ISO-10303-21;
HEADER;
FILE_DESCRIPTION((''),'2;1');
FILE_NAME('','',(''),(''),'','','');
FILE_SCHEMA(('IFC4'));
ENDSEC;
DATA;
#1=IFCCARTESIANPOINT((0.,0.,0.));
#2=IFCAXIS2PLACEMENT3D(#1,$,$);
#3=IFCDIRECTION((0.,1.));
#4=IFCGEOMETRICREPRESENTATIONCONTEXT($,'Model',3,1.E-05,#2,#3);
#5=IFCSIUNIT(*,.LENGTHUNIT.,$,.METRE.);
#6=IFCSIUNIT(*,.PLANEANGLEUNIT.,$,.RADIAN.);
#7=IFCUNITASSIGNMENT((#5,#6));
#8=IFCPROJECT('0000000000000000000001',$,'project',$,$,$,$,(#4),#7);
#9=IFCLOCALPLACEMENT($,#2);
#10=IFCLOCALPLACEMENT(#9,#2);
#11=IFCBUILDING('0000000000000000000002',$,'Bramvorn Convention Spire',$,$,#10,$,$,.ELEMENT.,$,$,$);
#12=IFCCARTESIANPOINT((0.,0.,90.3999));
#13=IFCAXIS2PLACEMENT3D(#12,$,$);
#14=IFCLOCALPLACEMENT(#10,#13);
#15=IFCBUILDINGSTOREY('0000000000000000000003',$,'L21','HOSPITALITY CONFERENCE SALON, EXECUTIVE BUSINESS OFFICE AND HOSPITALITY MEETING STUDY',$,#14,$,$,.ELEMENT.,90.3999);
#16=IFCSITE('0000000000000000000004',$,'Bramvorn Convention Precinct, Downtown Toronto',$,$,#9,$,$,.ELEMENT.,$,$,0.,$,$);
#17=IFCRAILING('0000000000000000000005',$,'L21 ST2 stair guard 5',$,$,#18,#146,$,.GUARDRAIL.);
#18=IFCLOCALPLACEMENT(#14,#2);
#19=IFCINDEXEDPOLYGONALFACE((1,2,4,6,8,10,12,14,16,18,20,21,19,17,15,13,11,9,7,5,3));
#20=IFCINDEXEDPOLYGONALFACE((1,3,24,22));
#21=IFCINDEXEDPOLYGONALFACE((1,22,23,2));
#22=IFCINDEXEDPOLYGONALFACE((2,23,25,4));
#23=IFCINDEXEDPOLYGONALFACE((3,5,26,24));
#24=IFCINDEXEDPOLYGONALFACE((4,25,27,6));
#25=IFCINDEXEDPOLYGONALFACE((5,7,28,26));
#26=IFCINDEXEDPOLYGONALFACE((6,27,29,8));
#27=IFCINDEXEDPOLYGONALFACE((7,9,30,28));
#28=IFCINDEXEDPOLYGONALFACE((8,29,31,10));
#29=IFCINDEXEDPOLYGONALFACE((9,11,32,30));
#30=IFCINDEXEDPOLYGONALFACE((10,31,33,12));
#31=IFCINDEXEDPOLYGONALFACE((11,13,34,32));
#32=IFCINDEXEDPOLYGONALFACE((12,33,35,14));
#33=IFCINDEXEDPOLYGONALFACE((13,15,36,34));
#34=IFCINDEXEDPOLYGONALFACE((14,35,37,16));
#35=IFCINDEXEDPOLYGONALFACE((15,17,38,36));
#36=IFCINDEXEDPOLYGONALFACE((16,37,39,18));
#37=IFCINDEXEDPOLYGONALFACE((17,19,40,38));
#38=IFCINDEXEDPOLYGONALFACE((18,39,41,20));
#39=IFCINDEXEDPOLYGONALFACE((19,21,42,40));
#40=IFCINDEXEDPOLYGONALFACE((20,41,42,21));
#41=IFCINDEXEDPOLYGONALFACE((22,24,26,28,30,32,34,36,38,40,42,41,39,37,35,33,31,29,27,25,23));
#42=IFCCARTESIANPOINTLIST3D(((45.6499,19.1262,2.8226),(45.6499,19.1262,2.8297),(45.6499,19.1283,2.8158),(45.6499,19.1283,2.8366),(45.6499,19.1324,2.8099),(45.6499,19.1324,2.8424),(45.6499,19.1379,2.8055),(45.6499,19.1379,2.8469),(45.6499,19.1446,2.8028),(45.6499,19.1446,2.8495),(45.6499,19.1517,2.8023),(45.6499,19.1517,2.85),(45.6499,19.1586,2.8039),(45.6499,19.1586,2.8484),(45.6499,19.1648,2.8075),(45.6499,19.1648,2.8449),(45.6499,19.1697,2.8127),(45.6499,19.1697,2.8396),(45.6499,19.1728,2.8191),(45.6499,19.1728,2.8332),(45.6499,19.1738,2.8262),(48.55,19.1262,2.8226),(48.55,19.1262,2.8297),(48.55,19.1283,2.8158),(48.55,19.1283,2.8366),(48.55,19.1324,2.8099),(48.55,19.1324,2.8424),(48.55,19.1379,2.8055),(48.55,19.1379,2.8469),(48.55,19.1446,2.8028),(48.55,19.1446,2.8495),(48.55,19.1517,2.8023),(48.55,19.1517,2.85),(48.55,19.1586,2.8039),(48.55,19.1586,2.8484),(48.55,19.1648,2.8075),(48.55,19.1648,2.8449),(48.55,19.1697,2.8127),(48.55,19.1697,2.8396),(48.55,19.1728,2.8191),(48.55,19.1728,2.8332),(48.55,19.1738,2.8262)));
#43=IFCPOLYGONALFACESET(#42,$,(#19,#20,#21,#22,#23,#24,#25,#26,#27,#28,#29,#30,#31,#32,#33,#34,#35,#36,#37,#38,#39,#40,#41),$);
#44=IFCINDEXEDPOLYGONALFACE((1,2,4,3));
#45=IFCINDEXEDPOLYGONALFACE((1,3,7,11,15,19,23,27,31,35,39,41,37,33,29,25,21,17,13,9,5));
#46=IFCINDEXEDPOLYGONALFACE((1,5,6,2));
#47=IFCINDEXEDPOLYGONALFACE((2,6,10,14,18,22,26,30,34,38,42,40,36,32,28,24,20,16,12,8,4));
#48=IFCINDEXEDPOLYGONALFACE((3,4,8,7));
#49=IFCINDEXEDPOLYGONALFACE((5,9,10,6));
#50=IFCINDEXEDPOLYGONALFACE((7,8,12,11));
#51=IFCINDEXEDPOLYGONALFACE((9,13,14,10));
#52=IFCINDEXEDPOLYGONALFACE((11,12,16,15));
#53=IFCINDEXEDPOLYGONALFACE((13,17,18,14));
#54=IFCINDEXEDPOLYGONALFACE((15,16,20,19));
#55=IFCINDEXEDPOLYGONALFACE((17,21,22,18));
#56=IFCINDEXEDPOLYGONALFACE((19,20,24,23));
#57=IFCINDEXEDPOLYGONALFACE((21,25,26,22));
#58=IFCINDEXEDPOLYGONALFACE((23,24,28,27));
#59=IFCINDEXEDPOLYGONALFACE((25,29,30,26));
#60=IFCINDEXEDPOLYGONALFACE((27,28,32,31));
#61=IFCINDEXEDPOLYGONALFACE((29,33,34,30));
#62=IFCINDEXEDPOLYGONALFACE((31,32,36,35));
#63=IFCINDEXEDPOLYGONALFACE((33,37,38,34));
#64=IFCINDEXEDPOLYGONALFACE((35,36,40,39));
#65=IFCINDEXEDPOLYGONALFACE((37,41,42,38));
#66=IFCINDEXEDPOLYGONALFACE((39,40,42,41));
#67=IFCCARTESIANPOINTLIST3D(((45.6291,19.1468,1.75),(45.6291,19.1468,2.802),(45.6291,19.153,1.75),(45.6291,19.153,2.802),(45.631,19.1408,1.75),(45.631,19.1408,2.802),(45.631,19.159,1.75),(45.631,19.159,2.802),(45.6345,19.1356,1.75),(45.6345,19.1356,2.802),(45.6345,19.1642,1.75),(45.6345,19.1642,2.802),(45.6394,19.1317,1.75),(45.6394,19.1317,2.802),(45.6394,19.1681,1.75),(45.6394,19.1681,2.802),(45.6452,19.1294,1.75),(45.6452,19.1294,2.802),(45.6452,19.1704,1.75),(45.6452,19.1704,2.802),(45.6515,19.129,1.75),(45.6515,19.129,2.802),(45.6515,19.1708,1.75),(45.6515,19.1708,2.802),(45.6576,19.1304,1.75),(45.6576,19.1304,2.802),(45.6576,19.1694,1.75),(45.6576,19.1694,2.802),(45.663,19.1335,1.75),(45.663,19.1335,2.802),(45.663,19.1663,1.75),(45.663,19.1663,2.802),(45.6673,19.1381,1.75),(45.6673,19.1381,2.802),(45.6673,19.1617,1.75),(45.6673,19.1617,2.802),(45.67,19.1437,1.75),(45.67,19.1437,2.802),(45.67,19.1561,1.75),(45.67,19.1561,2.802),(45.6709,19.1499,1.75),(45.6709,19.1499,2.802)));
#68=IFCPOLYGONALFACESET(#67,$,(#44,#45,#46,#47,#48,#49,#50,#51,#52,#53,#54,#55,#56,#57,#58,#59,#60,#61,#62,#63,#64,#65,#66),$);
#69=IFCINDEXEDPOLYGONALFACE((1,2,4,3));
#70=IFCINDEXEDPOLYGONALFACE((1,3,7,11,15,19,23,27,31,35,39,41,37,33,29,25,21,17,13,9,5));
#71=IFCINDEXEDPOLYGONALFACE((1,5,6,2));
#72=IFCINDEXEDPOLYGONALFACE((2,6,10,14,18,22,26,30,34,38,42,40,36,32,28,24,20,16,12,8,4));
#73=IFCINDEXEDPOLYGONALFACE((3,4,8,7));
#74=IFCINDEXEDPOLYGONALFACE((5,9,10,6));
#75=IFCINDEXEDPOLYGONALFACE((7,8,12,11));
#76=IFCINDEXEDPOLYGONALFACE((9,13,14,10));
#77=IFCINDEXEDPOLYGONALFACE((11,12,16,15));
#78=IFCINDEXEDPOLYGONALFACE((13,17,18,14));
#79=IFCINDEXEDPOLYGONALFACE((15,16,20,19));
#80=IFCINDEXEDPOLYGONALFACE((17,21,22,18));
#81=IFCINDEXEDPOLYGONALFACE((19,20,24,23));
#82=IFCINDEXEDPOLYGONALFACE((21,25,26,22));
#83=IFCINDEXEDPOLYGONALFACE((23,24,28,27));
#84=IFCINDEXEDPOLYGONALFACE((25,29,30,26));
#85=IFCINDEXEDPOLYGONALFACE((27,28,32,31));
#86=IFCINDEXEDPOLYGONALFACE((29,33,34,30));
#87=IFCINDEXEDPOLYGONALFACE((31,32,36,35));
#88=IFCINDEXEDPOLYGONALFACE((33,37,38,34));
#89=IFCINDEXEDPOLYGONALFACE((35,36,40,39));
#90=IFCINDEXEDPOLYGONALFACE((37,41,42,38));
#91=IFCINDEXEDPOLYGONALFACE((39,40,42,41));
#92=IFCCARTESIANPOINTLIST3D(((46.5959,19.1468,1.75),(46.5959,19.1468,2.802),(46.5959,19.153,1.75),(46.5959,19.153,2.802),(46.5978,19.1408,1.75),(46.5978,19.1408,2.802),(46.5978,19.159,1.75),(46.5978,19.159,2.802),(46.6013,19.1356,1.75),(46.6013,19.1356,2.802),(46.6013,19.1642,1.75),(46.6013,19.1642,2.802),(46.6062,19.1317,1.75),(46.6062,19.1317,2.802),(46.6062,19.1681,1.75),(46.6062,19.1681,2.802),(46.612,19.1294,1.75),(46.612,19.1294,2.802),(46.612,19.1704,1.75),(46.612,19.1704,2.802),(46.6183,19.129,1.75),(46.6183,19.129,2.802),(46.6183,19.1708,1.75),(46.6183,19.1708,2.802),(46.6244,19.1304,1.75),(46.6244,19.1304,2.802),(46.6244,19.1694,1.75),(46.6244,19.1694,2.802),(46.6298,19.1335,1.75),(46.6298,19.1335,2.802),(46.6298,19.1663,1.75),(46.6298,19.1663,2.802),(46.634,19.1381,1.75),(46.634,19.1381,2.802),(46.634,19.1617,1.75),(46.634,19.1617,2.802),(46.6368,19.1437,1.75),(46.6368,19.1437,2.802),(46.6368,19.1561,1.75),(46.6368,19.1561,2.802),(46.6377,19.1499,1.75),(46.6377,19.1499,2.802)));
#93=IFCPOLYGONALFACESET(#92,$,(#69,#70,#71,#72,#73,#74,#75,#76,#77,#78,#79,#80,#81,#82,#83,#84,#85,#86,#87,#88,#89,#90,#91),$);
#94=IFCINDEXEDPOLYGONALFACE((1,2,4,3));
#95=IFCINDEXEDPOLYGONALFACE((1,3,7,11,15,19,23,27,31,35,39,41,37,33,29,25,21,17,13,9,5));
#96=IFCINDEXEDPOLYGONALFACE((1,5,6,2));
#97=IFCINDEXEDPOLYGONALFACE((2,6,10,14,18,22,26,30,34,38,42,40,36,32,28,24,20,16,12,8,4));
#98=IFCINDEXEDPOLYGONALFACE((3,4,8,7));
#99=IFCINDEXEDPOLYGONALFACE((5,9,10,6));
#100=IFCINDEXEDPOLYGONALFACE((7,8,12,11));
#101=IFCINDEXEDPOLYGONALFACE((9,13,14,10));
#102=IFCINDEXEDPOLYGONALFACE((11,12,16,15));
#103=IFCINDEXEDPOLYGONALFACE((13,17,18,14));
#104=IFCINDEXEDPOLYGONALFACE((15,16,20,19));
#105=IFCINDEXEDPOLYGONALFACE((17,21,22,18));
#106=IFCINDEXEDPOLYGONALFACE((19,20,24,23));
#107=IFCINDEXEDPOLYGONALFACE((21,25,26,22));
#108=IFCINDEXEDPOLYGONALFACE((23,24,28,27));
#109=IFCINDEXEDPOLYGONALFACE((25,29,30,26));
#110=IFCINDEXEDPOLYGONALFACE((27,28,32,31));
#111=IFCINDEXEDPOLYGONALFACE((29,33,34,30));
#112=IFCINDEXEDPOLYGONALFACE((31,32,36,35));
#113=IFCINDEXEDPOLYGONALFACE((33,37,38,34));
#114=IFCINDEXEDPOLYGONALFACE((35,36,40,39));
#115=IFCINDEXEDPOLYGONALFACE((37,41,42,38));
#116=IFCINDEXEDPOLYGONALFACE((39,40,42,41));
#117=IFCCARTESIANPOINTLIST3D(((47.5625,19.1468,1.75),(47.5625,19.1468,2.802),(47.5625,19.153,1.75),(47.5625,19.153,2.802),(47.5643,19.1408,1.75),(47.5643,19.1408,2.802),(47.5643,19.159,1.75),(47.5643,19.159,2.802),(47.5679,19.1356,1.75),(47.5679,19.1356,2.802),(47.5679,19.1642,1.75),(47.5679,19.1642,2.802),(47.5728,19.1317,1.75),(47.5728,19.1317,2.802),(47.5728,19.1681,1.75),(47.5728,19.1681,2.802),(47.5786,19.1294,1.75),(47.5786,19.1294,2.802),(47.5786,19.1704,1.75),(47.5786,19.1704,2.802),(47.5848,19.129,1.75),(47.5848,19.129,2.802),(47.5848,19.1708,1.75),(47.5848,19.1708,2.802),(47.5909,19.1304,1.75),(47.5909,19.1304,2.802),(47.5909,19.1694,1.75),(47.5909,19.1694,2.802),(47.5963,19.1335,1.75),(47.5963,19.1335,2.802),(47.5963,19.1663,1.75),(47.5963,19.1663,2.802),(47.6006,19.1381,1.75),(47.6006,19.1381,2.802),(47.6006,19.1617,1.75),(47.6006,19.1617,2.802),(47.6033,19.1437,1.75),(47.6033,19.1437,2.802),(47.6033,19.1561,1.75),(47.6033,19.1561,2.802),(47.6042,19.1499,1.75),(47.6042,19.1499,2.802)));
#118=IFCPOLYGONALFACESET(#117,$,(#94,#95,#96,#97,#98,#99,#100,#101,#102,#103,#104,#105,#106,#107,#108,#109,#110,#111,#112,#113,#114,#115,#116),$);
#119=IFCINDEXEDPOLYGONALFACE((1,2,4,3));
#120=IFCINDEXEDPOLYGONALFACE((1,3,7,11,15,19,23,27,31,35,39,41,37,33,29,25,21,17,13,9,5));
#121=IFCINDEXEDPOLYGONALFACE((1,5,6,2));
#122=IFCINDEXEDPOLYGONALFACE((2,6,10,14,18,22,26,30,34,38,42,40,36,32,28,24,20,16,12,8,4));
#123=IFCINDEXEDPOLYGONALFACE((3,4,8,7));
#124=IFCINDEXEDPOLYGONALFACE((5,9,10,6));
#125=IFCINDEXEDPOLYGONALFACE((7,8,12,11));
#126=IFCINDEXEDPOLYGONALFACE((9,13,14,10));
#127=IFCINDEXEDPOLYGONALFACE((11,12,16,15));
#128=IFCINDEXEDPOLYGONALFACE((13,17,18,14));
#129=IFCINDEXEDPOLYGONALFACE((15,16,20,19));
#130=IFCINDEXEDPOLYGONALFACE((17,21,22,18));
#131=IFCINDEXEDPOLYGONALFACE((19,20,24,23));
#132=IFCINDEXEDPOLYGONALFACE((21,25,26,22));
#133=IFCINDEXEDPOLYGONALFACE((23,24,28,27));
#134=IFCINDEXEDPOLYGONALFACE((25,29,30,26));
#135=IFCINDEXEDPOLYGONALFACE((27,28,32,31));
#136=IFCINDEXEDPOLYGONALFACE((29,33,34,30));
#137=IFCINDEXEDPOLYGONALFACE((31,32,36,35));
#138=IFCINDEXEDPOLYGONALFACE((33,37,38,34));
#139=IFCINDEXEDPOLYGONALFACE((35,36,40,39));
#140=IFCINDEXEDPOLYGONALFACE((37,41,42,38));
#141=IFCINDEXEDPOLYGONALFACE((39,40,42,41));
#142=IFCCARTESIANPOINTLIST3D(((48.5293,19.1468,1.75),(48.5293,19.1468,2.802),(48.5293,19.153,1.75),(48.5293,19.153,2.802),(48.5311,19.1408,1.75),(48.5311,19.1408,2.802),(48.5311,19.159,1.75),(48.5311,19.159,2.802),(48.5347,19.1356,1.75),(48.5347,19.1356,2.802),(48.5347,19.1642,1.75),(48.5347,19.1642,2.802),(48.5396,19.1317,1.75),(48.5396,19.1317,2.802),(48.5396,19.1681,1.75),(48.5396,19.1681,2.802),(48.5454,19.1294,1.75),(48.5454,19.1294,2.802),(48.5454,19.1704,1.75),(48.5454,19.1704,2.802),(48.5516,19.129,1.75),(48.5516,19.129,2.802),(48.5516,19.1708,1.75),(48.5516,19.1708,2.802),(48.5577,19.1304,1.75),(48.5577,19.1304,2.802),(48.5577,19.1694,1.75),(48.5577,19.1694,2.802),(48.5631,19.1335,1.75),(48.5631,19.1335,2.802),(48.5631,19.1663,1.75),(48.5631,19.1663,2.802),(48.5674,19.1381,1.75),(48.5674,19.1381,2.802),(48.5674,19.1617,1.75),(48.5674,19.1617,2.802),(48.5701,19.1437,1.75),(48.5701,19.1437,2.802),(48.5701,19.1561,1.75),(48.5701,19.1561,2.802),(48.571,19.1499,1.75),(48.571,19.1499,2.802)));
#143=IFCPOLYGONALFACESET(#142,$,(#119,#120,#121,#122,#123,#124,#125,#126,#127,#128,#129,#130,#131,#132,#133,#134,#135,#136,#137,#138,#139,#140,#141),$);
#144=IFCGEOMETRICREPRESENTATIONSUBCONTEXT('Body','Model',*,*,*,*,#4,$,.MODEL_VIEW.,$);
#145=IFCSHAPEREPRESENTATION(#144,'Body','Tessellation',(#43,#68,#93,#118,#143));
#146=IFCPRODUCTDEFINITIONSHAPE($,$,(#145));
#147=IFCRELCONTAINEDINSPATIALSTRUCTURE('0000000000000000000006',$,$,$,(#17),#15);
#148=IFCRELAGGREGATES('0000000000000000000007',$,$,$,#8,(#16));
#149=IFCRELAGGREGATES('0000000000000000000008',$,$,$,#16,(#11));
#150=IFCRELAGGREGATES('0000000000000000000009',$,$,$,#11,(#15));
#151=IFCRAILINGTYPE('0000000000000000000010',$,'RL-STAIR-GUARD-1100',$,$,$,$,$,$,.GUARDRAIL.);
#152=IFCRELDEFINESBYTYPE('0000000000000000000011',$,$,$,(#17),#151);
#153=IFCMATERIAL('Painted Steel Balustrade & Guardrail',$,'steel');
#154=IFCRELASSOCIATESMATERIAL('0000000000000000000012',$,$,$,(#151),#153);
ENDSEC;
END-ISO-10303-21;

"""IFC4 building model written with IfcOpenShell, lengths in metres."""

from ifc_helpers import new_model, si_unit, direction, frame, origin, origin_2d, place, context, subcontext, project, spatial, circle, extrude, material, type_object, element, save


model = new_model("IFC4")

# Units and contexts
model_context = context("Model", 3, precision=1e-05, world=origin(), true_north=direction((0.0, 1.0)))
body_context = subcontext(model_context, "Body", "Model", "MODEL_VIEW")
ifc_project = project(units=[si_unit("LENGTHUNIT", "METRE"), si_unit("PLANEANGLEUNIT", "RADIAN")], contexts=[model_context])

# Site, building, storey
site_placement = place(None, origin())
site = spatial("IfcSite", under=ifc_project, at=site_placement, Name="Bramvorn Convention Precinct, Downtown Toronto", CompositionType="ELEMENT", RefElevation=0.0)
building_placement = place(site_placement, origin())
building = spatial("IfcBuilding", under=site, at=building_placement, Name="Bramvorn Convention Spire", CompositionType="ELEMENT")
storey_placement = place(building_placement, frame((0.0, 0.0, 90.3999)))
storey = spatial("IfcBuildingStorey", under=building, at=storey_placement, Name="L21", Description="HOSPITALITY CONFERENCE SALON, EXECUTIVE BUSINESS OFFICE AND HOSPITALITY MEETING STUDY", CompositionType="ELEMENT", Elevation=90.3999)

# Railing
ifc_material_1 = material(Name="Painted Steel Balustrade & Guardrail", Category="steel")
railing_type = type_object("IfcRailingType", Name="RL-STAIR-GUARD-1100", PredefinedType="GUARDRAIL", material=ifc_material_1)
railing_1_placement = place(storey_placement, frame((45.6499, 19.1499, 1.75)))
element("IfcRailing", 1, at=railing_1_placement, inside=storey, type_object=railing_type, Name="L21 ST2 stair guard 5", PredefinedType="GUARDRAIL", context=body_context, shape_type="SweptSolid", body=[
    extrude(circle(Radius=0.0239, at=origin_2d()), frame((0.0, 0.0, 1.0762), z_axis=(1.0, 0.0, 0.0), x_axis=(0.0, 1.0, 0.0)), (0.0, 0.0, 1.0), 2.9001),
    extrude(circle(Radius=0.021, at=origin_2d()), origin(), (0.0, 0.0, 1.0), 1.052),
    extrude(circle(Radius=0.021, at=origin_2d()), frame((0.9668, 0.0, 0.0)), (0.0, 0.0, 1.0), 1.052),
    extrude(circle(Radius=0.021, at=origin_2d()), frame((1.9333, 0.0, 0.0)), (0.0, 0.0, 1.0), 1.052),
    extrude(circle(Radius=0.021, at=origin_2d()), frame((2.9001, 0.0, 0.0)), (0.0, 0.0, 1.0), 1.052),
])

save(model, "model.ifc")
